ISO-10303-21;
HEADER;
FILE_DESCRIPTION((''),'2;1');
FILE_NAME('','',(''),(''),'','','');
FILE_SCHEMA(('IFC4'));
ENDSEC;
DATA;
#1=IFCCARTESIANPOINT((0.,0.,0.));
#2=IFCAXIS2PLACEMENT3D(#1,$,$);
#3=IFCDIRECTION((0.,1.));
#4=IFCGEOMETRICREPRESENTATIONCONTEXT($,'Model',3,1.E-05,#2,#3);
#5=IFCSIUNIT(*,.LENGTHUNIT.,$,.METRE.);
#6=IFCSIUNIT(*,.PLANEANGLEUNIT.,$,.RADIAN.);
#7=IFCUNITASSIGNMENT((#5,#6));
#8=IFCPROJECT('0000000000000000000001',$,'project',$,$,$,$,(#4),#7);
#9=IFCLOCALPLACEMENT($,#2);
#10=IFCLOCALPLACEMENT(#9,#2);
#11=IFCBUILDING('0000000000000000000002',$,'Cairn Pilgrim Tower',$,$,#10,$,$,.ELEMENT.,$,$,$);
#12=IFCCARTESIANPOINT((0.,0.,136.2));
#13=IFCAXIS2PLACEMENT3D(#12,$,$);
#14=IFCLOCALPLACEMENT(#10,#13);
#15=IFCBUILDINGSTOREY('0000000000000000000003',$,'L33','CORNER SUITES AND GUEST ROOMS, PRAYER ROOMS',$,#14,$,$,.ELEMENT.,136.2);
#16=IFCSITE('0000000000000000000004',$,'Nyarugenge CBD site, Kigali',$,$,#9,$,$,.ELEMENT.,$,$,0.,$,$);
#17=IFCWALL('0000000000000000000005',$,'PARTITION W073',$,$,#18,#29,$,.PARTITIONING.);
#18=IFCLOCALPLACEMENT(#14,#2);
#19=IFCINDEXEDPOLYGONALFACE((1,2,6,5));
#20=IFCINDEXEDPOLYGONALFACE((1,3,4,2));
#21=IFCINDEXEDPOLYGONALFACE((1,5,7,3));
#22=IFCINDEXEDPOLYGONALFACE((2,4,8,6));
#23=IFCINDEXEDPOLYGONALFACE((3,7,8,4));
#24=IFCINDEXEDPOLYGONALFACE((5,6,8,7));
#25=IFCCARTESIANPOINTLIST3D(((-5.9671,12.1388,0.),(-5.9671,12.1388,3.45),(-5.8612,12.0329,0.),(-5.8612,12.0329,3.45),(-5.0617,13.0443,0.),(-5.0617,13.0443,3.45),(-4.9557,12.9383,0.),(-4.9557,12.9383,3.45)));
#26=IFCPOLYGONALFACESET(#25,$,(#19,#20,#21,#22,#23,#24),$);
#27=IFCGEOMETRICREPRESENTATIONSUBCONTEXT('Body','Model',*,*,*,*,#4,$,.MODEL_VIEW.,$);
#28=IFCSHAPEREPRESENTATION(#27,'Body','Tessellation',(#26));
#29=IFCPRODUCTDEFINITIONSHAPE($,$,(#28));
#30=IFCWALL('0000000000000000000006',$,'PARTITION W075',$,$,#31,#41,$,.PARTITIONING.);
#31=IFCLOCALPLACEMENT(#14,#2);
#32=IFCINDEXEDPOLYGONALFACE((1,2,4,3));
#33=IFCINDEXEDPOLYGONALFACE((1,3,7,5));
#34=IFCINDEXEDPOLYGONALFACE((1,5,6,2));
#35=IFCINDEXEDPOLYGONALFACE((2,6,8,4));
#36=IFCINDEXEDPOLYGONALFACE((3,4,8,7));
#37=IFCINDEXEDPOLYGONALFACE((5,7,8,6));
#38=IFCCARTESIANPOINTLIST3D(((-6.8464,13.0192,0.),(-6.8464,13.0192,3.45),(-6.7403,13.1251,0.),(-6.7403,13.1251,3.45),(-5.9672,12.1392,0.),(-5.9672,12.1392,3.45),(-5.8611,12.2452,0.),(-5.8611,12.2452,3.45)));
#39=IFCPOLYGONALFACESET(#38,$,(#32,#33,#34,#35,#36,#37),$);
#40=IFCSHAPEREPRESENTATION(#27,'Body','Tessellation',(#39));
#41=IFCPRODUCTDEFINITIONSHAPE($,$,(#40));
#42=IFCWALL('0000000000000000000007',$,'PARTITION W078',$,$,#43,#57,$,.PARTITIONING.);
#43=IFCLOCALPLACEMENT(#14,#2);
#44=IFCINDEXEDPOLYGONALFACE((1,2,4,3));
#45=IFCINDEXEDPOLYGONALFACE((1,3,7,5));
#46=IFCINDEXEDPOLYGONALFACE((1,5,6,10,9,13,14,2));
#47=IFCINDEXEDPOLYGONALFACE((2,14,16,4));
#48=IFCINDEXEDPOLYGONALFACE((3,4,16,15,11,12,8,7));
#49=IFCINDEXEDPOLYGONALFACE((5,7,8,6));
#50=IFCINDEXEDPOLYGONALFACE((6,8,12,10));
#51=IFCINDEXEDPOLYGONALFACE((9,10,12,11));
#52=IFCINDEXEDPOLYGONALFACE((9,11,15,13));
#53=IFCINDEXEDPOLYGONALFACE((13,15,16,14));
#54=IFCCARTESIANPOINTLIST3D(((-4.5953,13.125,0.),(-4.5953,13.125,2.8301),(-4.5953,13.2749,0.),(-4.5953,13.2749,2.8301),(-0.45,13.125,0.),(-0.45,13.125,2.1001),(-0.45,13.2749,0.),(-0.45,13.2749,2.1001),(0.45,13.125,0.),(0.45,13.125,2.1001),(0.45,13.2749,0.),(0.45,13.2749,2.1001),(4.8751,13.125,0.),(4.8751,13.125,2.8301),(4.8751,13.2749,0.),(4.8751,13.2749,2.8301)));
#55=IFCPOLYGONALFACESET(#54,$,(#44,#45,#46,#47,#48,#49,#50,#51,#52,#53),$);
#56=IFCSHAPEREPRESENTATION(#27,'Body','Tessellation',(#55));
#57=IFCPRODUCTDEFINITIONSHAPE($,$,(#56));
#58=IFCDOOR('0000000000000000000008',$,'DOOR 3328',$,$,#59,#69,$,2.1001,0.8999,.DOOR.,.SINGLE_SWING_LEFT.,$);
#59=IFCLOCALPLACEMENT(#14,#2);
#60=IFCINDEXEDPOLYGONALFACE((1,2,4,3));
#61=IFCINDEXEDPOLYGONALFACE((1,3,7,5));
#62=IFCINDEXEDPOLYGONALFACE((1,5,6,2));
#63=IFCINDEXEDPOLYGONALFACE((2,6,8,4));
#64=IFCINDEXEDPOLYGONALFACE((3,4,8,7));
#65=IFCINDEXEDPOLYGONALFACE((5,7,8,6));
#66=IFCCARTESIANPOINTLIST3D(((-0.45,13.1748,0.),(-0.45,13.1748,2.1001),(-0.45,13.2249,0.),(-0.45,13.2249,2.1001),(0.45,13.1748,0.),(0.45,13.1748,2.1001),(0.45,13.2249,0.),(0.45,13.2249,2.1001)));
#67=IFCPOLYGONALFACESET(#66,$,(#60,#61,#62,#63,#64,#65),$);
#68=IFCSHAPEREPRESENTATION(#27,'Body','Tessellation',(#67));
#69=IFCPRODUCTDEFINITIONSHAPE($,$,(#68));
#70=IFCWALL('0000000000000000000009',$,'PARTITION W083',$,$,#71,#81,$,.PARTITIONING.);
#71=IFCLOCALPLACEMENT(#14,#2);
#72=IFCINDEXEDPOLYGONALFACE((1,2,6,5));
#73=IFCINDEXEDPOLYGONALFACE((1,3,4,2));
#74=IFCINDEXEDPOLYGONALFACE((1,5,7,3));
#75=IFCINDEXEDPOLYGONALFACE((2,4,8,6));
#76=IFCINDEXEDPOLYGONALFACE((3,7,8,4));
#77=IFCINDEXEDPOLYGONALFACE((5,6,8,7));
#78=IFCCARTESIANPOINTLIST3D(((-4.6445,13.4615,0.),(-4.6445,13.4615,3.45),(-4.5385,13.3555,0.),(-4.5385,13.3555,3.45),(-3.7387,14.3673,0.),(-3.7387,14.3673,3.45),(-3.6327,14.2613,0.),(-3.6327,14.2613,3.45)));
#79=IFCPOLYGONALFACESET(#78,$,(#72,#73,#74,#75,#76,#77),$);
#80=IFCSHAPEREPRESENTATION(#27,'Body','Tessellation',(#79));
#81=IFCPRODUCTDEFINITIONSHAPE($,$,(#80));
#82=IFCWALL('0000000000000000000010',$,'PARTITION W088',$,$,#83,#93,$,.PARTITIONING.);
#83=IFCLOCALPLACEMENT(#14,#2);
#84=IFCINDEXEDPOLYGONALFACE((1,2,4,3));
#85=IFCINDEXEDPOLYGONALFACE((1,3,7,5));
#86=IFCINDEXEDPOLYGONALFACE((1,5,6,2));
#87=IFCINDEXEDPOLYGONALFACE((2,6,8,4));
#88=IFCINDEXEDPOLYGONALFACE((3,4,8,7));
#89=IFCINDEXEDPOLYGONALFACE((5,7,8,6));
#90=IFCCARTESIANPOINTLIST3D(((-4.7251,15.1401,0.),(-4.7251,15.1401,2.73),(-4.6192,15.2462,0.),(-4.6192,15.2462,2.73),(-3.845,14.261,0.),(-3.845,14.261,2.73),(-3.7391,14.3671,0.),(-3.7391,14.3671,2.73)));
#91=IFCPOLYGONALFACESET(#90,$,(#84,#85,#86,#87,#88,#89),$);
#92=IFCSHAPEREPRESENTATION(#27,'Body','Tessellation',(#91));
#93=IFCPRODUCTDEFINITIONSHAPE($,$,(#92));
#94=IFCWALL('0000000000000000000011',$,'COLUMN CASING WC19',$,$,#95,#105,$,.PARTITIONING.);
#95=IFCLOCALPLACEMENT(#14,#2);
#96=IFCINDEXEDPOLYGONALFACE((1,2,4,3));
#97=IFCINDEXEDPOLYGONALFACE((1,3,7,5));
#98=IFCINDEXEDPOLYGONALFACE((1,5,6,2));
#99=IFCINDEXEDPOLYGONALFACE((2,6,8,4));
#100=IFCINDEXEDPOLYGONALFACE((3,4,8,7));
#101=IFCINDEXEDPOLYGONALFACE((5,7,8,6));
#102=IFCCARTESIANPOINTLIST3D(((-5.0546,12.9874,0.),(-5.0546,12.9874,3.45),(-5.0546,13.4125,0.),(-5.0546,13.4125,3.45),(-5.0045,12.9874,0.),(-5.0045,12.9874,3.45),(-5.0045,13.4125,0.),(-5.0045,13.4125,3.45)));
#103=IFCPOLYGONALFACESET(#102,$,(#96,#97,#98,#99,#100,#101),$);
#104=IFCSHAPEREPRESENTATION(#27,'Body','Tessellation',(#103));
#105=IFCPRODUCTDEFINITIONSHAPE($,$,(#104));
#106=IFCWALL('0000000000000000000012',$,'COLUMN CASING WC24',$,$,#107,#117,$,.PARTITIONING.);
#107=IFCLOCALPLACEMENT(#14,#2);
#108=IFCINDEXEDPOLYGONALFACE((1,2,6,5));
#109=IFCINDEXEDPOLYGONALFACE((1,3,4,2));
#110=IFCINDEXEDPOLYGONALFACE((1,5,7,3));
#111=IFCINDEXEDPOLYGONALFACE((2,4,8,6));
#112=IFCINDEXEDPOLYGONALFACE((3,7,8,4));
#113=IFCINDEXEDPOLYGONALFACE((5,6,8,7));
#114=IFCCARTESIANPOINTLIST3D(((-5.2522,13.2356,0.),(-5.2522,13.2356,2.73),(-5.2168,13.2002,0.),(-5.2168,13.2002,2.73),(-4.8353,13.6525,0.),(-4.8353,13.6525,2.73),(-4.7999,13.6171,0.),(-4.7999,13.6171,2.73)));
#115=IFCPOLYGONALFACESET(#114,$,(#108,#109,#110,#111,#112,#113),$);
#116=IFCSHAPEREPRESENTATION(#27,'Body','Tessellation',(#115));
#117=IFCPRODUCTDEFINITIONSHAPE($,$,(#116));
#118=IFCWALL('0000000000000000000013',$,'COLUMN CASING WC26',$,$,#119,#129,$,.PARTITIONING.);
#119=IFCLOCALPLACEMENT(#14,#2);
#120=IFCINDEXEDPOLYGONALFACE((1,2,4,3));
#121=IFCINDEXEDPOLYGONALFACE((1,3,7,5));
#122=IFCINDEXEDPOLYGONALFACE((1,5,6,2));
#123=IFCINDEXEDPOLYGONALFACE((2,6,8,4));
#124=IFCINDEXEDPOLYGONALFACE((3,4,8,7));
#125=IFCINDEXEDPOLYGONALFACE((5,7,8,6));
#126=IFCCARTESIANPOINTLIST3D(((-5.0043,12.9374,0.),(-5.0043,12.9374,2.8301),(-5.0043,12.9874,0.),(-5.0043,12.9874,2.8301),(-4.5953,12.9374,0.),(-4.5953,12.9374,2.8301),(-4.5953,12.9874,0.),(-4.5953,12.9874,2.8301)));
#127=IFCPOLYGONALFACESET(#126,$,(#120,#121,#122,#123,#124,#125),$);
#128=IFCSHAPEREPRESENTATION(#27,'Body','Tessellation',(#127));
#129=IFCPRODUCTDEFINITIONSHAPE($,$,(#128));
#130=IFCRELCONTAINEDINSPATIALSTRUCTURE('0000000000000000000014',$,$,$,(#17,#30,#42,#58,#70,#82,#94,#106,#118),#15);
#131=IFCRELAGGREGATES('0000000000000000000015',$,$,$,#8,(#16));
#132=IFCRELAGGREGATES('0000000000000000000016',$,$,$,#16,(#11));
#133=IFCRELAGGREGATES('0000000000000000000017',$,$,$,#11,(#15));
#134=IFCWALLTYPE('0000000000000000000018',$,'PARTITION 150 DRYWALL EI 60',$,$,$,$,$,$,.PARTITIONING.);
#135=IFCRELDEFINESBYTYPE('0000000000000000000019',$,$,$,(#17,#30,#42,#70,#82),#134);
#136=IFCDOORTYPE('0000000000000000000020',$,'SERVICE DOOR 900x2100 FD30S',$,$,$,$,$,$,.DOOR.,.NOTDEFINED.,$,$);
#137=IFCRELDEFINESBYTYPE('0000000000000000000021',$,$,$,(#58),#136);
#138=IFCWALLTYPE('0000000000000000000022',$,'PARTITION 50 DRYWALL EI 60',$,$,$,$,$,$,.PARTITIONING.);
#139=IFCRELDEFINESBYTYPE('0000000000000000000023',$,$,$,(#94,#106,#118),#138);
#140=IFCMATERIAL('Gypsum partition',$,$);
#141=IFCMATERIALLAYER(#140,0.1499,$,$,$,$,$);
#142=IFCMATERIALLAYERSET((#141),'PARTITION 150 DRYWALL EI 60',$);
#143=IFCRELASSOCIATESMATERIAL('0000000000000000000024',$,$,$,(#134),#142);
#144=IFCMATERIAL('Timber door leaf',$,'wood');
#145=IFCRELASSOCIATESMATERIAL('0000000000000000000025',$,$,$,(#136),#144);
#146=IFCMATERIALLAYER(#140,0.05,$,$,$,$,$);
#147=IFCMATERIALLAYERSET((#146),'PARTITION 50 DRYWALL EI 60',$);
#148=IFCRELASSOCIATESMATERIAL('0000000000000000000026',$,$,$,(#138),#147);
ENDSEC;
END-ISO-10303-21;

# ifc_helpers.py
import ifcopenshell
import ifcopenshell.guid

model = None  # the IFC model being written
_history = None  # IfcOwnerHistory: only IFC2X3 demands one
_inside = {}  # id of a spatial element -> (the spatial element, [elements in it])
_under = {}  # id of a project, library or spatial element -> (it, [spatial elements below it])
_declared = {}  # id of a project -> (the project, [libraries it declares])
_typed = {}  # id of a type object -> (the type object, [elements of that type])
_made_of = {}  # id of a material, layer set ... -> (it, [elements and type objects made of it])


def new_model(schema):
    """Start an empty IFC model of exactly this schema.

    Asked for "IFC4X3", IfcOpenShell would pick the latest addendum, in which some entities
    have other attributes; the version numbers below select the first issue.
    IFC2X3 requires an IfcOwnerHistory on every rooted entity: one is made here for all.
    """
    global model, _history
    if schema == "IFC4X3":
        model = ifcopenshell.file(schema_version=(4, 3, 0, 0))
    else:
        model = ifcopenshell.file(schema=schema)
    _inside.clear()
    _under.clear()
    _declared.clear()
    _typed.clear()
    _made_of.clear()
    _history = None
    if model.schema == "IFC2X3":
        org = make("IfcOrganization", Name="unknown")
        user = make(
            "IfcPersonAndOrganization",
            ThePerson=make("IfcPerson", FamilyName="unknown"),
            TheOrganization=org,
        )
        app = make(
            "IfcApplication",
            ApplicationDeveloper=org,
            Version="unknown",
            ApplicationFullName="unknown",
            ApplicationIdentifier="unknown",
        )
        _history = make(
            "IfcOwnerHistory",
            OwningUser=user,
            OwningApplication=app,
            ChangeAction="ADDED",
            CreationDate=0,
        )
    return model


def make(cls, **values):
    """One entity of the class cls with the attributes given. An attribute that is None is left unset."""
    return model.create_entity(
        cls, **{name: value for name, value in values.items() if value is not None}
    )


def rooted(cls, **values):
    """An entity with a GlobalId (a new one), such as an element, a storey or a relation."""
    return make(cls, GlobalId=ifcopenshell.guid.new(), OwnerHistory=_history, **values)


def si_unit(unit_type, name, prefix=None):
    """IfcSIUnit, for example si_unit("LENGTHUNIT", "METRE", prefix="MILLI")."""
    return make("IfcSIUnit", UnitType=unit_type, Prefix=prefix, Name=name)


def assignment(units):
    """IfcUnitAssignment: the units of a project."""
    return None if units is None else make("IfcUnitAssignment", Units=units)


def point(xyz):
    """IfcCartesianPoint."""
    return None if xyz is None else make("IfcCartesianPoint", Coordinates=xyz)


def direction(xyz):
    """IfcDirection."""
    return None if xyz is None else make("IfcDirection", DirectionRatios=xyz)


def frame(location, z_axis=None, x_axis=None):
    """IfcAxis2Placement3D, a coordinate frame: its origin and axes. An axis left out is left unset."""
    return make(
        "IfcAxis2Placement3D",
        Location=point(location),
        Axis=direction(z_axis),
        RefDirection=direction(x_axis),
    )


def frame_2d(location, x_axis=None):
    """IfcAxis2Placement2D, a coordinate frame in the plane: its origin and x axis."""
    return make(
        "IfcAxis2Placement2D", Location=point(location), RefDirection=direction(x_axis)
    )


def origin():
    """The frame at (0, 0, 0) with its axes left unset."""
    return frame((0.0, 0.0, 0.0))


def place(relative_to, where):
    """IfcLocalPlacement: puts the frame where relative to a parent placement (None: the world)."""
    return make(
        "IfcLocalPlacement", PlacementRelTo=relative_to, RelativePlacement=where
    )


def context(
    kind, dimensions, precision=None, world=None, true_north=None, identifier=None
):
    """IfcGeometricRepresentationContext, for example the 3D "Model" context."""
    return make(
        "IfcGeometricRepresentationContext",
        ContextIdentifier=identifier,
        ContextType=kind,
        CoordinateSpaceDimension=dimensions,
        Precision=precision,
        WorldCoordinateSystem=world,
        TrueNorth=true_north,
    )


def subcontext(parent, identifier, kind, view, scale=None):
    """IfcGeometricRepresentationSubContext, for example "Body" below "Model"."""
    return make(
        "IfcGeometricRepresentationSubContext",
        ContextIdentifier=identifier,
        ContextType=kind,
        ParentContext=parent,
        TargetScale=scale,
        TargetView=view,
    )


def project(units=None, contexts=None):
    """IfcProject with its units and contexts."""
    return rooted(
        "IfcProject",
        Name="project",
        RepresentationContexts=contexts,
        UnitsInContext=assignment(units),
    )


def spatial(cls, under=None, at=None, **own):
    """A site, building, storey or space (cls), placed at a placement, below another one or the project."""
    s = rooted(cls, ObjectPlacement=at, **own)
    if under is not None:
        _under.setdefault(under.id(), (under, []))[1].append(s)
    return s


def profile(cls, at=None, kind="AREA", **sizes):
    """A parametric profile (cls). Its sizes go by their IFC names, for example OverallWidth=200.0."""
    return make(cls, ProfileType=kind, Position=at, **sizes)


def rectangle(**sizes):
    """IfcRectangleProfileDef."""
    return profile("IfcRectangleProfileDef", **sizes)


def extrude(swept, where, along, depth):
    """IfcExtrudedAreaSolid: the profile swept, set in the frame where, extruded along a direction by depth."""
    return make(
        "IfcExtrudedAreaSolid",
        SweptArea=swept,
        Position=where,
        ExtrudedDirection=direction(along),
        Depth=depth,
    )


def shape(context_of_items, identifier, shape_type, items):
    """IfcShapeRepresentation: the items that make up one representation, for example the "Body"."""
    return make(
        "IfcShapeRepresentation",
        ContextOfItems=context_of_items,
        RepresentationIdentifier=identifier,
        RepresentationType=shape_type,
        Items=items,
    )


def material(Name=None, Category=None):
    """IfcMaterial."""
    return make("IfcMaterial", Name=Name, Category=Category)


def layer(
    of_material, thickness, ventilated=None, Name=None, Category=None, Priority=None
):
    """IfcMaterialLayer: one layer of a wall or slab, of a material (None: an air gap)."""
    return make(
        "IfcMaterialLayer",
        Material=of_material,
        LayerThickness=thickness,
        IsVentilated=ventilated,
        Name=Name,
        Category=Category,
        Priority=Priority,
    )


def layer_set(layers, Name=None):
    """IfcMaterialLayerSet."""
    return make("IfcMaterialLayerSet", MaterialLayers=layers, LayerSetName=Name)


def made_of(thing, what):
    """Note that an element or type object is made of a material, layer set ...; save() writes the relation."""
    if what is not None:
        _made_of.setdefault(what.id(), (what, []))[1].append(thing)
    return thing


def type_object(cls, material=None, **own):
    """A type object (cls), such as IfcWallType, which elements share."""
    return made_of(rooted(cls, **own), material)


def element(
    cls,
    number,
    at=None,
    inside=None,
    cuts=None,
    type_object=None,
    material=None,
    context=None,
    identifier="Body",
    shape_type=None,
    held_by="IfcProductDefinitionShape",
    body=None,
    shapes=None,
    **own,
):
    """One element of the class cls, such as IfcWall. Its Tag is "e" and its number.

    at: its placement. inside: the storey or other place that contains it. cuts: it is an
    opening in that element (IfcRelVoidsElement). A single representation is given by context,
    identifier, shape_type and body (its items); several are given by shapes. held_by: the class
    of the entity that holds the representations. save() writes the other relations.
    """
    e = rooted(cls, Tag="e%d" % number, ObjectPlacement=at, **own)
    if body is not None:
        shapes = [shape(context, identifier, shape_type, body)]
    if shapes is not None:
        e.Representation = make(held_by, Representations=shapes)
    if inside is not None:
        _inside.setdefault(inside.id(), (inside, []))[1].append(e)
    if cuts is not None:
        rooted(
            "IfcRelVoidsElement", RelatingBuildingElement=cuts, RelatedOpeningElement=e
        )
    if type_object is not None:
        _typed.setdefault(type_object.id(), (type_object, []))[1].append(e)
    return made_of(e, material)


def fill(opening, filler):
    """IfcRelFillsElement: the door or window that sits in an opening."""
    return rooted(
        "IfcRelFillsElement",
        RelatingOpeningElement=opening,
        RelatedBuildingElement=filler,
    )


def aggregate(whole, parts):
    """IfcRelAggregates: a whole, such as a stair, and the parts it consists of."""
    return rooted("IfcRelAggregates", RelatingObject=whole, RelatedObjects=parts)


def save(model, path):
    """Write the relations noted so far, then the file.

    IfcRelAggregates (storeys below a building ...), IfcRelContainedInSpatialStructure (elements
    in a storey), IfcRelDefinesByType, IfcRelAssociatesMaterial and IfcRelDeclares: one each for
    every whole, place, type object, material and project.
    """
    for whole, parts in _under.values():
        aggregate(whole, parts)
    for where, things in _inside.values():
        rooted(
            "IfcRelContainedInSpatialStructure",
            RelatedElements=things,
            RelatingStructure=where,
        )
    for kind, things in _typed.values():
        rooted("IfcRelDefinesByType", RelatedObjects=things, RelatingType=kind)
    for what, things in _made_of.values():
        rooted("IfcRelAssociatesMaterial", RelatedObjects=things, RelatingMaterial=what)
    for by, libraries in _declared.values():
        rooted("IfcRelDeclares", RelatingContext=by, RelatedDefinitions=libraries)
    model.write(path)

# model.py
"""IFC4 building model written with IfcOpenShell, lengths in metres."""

from ifc_helpers import new_model, si_unit, direction, frame, frame_2d, origin, place, context, subcontext, project, spatial, rectangle, extrude, material, layer, layer_set, type_object, element, fill, save


model = new_model("IFC4")

# Units and contexts
model_context = context("Model", 3, precision=1e-05, world=origin(), true_north=direction((0.0, 1.0)))
body_context = subcontext(model_context, "Body", "Model", "MODEL_VIEW")
ifc_project = project(units=[si_unit("LENGTHUNIT", "METRE"), si_unit("PLANEANGLEUNIT", "RADIAN")], contexts=[model_context])

# Site, building, storey
site_placement = place(None, origin())
site = spatial("IfcSite", under=ifc_project, at=site_placement, Name="Nyarugenge CBD site, Kigali", CompositionType="ELEMENT", RefElevation=0.0)
building_placement = place(site_placement, origin())
building = spatial("IfcBuilding", under=site, at=building_placement, Name="Cairn Pilgrim Tower", CompositionType="ELEMENT")
storey_placement = place(building_placement, frame((0.0, 0.0, 136.2)))
storey = spatial("IfcBuildingStorey", under=building, at=storey_placement, Name="L33", Description="CORNER SUITES AND GUEST ROOMS, PRAYER ROOMS", CompositionType="ELEMENT", Elevation=136.2)

# Shared definitions
ifc_material_1 = material(Name="Gypsum partition")
ifc_layer_1 = layer(ifc_material_1, 0.1499)
ifc_layer_set_1 = layer_set([ifc_layer_1], Name="PARTITION 150 DRYWALL EI 60")
wall_type_1 = type_object("IfcWallType", Name="PARTITION 150 DRYWALL EI 60", PredefinedType="PARTITIONING", material=ifc_layer_set_1)
ifc_material_2 = material(Name="Timber door leaf", Category="wood")

# Walls
wall_1_placement = place(storey_placement, frame((-5.9141, 12.0859, 0.0), z_axis=(0.0, 0.0, 1.0), x_axis=(0.707107, 0.707107, 0.0)))
element("IfcWall", 1, at=wall_1_placement, inside=storey, type_object=wall_type_1, Name="PARTITION W073", PredefinedType="PARTITIONING", context=body_context, shape_type="SweptSolid", body=[
    extrude(rectangle(XDim=1.2805, YDim=0.1499, at=frame_2d((0.6401, 0.0))), origin(), (0.0, 0.0, 1.0), 3.45),
])
wall_2_placement = place(storey_placement, frame((-5.9141, 12.1921, 0.0), z_axis=(0.0, 0.0, 1.0), x_axis=(-0.706812, 0.707401, 0.0)))
element("IfcWall", 2, at=wall_2_placement, inside=storey, type_object=wall_type_1, Name="PARTITION W075", PredefinedType="PARTITIONING", context=body_context, shape_type="SweptSolid", body=[
    extrude(rectangle(XDim=1.2439, YDim=0.1499, at=frame_2d((0.6221, 0.0))), origin(), (0.0, 0.0, 1.0), 3.45),
])

# Wall, opening, door
wall_3_placement = place(storey_placement, frame((-4.5955, 13.2, 0.0), z_axis=(0.0, 0.0, 1.0), x_axis=(1.0, 0.0, 0.0)))
wall_3 = element("IfcWall", 3, at=wall_3_placement, inside=storey, type_object=wall_type_1, Name="PARTITION W078", PredefinedType="PARTITIONING", context=body_context, shape_type="SweptSolid", body=[
    extrude(rectangle(XDim=9.4705, YDim=0.1499, at=frame_2d((4.7354, 0.0))), origin(), (0.0, 0.0, 1.0), 2.8301),
])
opening_1_placement = place(wall_3_placement, frame((4.1455, 0.0, 0.0)))
opening_1 = element("IfcOpeningElement", 4, at=opening_1_placement, cuts=wall_3, PredefinedType="OPENING", context=body_context, shape_type="SweptSolid", body=[
    extrude(rectangle(XDim=0.8999, YDim=2.1001, at=frame_2d((0.45, 1.05))), frame((0.0, 0.085, 0.0), z_axis=(0.0, -1.0, 0.0), x_axis=(1.0, 0.0, 0.0)), (0.0, 0.0, 1.0), 0.1699),
])
door_type_1 = type_object("IfcDoorType", Name="SERVICE DOOR 900x2100 FD30S", OperationType="NOTDEFINED", PredefinedType="DOOR", material=ifc_material_2)
door_1_placement = place(opening_1_placement, origin())
door_1 = element("IfcDoor", 5, at=door_1_placement, inside=storey, type_object=door_type_1, Name="DOOR 3328", OperationType="SINGLE_SWING_LEFT", OverallHeight=2.1001, OverallWidth=0.8999, PredefinedType="DOOR", context=body_context, shape_type="SweptSolid", body=[
    extrude(rectangle(XDim=0.8999, YDim=2.1001, at=frame_2d((0.45, 1.05))), frame((0.0, 0.0249, 0.0), z_axis=(0.0, -1.0, 0.0), x_axis=(1.0, 0.0, 0.0)), (0.0, 0.0, 1.0), 0.05),
])
fill(opening_1, door_1)

# Walls
wall_4_placement = place(storey_placement, frame((-4.5916, 13.4084, 0.0), z_axis=(0.0, 0.0, 1.0), x_axis=(0.707107, 0.707107, 0.0)))
element("IfcWall", 6, at=wall_4_placement, inside=storey, type_object=wall_type_1, Name="PARTITION W083", PredefinedType="PARTITIONING", context=body_context, shape_type="SweptSolid", body=[
    extrude(rectangle(XDim=1.281, YDim=0.1499, at=frame_2d((0.6406, 0.0))), origin(), (0.0, 0.0, 1.0), 3.45),
])
wall_5_placement = place(storey_placement, frame((-3.792, 14.314, 0.0), z_axis=(0.0, 0.0, 1.0), x_axis=(-0.707499, 0.706714, 0.0)))
element("IfcWall", 7, at=wall_5_placement, inside=storey, type_object=wall_type_1, Name="PARTITION W088", PredefinedType="PARTITIONING", context=body_context, shape_type="SweptSolid", body=[
    extrude(rectangle(XDim=1.2439, YDim=0.1499, at=frame_2d((0.6221, 0.0))), origin(), (0.0, 0.0, 1.0), 2.73),
])
ifc_layer_2 = layer(ifc_material_1, 0.05)
ifc_layer_set_2 = layer_set([ifc_layer_2], Name="PARTITION 50 DRYWALL EI 60")
wall_type_2 = type_object("IfcWallType", Name="PARTITION 50 DRYWALL EI 60", PredefinedType="PARTITIONING", material=ifc_layer_set_2)
wall_6_placement = place(storey_placement, frame((-5.0295, 12.9875, 0.0), z_axis=(0.0, 0.0, 1.0), x_axis=(0.0, 1.0, 0.0)))
element("IfcWall", 8, at=wall_6_placement, inside=storey, type_object=wall_type_2, Name="COLUMN CASING WC19", PredefinedType="PARTITIONING", context=body_context, shape_type="SweptSolid", body=[
    extrude(rectangle(XDim=0.425, YDim=0.05, at=frame_2d((0.2124, 0.0))), origin(), (0.0, 0.0, 1.0), 3.45),
])
wall_7_placement = place(storey_placement, frame((-5.2346, 13.2178, 0.0), z_axis=(0.0, 0.0, 1.0), x_axis=(0.707107, 0.707107, 0.0)))
element("IfcWall", 9, at=wall_7_placement, inside=storey, type_object=wall_type_2, Name="COLUMN CASING WC24", PredefinedType="PARTITIONING", context=body_context, shape_type="SweptSolid", body=[
    extrude(rectangle(XDim=0.5896, YDim=0.05, at=frame_2d((0.2949, 0.0))), origin(), (0.0, 0.0, 1.0), 2.73),
])
wall_8_placement = place(storey_placement, frame((-5.0044, 12.9624, 0.0), z_axis=(0.0, 0.0, 1.0), x_axis=(1.0, 0.0, 0.0)))
element("IfcWall", 10, at=wall_8_placement, inside=storey, type_object=wall_type_2, Name="COLUMN CASING WC26", PredefinedType="PARTITIONING", context=body_context, shape_type="SweptSolid", body=[
    extrude(rectangle(XDim=0.4089, YDim=0.05, at=frame_2d((0.2046, 0.0))), origin(), (0.0, 0.0, 1.0), 2.8301),
])

save(model, "model.ifc")
